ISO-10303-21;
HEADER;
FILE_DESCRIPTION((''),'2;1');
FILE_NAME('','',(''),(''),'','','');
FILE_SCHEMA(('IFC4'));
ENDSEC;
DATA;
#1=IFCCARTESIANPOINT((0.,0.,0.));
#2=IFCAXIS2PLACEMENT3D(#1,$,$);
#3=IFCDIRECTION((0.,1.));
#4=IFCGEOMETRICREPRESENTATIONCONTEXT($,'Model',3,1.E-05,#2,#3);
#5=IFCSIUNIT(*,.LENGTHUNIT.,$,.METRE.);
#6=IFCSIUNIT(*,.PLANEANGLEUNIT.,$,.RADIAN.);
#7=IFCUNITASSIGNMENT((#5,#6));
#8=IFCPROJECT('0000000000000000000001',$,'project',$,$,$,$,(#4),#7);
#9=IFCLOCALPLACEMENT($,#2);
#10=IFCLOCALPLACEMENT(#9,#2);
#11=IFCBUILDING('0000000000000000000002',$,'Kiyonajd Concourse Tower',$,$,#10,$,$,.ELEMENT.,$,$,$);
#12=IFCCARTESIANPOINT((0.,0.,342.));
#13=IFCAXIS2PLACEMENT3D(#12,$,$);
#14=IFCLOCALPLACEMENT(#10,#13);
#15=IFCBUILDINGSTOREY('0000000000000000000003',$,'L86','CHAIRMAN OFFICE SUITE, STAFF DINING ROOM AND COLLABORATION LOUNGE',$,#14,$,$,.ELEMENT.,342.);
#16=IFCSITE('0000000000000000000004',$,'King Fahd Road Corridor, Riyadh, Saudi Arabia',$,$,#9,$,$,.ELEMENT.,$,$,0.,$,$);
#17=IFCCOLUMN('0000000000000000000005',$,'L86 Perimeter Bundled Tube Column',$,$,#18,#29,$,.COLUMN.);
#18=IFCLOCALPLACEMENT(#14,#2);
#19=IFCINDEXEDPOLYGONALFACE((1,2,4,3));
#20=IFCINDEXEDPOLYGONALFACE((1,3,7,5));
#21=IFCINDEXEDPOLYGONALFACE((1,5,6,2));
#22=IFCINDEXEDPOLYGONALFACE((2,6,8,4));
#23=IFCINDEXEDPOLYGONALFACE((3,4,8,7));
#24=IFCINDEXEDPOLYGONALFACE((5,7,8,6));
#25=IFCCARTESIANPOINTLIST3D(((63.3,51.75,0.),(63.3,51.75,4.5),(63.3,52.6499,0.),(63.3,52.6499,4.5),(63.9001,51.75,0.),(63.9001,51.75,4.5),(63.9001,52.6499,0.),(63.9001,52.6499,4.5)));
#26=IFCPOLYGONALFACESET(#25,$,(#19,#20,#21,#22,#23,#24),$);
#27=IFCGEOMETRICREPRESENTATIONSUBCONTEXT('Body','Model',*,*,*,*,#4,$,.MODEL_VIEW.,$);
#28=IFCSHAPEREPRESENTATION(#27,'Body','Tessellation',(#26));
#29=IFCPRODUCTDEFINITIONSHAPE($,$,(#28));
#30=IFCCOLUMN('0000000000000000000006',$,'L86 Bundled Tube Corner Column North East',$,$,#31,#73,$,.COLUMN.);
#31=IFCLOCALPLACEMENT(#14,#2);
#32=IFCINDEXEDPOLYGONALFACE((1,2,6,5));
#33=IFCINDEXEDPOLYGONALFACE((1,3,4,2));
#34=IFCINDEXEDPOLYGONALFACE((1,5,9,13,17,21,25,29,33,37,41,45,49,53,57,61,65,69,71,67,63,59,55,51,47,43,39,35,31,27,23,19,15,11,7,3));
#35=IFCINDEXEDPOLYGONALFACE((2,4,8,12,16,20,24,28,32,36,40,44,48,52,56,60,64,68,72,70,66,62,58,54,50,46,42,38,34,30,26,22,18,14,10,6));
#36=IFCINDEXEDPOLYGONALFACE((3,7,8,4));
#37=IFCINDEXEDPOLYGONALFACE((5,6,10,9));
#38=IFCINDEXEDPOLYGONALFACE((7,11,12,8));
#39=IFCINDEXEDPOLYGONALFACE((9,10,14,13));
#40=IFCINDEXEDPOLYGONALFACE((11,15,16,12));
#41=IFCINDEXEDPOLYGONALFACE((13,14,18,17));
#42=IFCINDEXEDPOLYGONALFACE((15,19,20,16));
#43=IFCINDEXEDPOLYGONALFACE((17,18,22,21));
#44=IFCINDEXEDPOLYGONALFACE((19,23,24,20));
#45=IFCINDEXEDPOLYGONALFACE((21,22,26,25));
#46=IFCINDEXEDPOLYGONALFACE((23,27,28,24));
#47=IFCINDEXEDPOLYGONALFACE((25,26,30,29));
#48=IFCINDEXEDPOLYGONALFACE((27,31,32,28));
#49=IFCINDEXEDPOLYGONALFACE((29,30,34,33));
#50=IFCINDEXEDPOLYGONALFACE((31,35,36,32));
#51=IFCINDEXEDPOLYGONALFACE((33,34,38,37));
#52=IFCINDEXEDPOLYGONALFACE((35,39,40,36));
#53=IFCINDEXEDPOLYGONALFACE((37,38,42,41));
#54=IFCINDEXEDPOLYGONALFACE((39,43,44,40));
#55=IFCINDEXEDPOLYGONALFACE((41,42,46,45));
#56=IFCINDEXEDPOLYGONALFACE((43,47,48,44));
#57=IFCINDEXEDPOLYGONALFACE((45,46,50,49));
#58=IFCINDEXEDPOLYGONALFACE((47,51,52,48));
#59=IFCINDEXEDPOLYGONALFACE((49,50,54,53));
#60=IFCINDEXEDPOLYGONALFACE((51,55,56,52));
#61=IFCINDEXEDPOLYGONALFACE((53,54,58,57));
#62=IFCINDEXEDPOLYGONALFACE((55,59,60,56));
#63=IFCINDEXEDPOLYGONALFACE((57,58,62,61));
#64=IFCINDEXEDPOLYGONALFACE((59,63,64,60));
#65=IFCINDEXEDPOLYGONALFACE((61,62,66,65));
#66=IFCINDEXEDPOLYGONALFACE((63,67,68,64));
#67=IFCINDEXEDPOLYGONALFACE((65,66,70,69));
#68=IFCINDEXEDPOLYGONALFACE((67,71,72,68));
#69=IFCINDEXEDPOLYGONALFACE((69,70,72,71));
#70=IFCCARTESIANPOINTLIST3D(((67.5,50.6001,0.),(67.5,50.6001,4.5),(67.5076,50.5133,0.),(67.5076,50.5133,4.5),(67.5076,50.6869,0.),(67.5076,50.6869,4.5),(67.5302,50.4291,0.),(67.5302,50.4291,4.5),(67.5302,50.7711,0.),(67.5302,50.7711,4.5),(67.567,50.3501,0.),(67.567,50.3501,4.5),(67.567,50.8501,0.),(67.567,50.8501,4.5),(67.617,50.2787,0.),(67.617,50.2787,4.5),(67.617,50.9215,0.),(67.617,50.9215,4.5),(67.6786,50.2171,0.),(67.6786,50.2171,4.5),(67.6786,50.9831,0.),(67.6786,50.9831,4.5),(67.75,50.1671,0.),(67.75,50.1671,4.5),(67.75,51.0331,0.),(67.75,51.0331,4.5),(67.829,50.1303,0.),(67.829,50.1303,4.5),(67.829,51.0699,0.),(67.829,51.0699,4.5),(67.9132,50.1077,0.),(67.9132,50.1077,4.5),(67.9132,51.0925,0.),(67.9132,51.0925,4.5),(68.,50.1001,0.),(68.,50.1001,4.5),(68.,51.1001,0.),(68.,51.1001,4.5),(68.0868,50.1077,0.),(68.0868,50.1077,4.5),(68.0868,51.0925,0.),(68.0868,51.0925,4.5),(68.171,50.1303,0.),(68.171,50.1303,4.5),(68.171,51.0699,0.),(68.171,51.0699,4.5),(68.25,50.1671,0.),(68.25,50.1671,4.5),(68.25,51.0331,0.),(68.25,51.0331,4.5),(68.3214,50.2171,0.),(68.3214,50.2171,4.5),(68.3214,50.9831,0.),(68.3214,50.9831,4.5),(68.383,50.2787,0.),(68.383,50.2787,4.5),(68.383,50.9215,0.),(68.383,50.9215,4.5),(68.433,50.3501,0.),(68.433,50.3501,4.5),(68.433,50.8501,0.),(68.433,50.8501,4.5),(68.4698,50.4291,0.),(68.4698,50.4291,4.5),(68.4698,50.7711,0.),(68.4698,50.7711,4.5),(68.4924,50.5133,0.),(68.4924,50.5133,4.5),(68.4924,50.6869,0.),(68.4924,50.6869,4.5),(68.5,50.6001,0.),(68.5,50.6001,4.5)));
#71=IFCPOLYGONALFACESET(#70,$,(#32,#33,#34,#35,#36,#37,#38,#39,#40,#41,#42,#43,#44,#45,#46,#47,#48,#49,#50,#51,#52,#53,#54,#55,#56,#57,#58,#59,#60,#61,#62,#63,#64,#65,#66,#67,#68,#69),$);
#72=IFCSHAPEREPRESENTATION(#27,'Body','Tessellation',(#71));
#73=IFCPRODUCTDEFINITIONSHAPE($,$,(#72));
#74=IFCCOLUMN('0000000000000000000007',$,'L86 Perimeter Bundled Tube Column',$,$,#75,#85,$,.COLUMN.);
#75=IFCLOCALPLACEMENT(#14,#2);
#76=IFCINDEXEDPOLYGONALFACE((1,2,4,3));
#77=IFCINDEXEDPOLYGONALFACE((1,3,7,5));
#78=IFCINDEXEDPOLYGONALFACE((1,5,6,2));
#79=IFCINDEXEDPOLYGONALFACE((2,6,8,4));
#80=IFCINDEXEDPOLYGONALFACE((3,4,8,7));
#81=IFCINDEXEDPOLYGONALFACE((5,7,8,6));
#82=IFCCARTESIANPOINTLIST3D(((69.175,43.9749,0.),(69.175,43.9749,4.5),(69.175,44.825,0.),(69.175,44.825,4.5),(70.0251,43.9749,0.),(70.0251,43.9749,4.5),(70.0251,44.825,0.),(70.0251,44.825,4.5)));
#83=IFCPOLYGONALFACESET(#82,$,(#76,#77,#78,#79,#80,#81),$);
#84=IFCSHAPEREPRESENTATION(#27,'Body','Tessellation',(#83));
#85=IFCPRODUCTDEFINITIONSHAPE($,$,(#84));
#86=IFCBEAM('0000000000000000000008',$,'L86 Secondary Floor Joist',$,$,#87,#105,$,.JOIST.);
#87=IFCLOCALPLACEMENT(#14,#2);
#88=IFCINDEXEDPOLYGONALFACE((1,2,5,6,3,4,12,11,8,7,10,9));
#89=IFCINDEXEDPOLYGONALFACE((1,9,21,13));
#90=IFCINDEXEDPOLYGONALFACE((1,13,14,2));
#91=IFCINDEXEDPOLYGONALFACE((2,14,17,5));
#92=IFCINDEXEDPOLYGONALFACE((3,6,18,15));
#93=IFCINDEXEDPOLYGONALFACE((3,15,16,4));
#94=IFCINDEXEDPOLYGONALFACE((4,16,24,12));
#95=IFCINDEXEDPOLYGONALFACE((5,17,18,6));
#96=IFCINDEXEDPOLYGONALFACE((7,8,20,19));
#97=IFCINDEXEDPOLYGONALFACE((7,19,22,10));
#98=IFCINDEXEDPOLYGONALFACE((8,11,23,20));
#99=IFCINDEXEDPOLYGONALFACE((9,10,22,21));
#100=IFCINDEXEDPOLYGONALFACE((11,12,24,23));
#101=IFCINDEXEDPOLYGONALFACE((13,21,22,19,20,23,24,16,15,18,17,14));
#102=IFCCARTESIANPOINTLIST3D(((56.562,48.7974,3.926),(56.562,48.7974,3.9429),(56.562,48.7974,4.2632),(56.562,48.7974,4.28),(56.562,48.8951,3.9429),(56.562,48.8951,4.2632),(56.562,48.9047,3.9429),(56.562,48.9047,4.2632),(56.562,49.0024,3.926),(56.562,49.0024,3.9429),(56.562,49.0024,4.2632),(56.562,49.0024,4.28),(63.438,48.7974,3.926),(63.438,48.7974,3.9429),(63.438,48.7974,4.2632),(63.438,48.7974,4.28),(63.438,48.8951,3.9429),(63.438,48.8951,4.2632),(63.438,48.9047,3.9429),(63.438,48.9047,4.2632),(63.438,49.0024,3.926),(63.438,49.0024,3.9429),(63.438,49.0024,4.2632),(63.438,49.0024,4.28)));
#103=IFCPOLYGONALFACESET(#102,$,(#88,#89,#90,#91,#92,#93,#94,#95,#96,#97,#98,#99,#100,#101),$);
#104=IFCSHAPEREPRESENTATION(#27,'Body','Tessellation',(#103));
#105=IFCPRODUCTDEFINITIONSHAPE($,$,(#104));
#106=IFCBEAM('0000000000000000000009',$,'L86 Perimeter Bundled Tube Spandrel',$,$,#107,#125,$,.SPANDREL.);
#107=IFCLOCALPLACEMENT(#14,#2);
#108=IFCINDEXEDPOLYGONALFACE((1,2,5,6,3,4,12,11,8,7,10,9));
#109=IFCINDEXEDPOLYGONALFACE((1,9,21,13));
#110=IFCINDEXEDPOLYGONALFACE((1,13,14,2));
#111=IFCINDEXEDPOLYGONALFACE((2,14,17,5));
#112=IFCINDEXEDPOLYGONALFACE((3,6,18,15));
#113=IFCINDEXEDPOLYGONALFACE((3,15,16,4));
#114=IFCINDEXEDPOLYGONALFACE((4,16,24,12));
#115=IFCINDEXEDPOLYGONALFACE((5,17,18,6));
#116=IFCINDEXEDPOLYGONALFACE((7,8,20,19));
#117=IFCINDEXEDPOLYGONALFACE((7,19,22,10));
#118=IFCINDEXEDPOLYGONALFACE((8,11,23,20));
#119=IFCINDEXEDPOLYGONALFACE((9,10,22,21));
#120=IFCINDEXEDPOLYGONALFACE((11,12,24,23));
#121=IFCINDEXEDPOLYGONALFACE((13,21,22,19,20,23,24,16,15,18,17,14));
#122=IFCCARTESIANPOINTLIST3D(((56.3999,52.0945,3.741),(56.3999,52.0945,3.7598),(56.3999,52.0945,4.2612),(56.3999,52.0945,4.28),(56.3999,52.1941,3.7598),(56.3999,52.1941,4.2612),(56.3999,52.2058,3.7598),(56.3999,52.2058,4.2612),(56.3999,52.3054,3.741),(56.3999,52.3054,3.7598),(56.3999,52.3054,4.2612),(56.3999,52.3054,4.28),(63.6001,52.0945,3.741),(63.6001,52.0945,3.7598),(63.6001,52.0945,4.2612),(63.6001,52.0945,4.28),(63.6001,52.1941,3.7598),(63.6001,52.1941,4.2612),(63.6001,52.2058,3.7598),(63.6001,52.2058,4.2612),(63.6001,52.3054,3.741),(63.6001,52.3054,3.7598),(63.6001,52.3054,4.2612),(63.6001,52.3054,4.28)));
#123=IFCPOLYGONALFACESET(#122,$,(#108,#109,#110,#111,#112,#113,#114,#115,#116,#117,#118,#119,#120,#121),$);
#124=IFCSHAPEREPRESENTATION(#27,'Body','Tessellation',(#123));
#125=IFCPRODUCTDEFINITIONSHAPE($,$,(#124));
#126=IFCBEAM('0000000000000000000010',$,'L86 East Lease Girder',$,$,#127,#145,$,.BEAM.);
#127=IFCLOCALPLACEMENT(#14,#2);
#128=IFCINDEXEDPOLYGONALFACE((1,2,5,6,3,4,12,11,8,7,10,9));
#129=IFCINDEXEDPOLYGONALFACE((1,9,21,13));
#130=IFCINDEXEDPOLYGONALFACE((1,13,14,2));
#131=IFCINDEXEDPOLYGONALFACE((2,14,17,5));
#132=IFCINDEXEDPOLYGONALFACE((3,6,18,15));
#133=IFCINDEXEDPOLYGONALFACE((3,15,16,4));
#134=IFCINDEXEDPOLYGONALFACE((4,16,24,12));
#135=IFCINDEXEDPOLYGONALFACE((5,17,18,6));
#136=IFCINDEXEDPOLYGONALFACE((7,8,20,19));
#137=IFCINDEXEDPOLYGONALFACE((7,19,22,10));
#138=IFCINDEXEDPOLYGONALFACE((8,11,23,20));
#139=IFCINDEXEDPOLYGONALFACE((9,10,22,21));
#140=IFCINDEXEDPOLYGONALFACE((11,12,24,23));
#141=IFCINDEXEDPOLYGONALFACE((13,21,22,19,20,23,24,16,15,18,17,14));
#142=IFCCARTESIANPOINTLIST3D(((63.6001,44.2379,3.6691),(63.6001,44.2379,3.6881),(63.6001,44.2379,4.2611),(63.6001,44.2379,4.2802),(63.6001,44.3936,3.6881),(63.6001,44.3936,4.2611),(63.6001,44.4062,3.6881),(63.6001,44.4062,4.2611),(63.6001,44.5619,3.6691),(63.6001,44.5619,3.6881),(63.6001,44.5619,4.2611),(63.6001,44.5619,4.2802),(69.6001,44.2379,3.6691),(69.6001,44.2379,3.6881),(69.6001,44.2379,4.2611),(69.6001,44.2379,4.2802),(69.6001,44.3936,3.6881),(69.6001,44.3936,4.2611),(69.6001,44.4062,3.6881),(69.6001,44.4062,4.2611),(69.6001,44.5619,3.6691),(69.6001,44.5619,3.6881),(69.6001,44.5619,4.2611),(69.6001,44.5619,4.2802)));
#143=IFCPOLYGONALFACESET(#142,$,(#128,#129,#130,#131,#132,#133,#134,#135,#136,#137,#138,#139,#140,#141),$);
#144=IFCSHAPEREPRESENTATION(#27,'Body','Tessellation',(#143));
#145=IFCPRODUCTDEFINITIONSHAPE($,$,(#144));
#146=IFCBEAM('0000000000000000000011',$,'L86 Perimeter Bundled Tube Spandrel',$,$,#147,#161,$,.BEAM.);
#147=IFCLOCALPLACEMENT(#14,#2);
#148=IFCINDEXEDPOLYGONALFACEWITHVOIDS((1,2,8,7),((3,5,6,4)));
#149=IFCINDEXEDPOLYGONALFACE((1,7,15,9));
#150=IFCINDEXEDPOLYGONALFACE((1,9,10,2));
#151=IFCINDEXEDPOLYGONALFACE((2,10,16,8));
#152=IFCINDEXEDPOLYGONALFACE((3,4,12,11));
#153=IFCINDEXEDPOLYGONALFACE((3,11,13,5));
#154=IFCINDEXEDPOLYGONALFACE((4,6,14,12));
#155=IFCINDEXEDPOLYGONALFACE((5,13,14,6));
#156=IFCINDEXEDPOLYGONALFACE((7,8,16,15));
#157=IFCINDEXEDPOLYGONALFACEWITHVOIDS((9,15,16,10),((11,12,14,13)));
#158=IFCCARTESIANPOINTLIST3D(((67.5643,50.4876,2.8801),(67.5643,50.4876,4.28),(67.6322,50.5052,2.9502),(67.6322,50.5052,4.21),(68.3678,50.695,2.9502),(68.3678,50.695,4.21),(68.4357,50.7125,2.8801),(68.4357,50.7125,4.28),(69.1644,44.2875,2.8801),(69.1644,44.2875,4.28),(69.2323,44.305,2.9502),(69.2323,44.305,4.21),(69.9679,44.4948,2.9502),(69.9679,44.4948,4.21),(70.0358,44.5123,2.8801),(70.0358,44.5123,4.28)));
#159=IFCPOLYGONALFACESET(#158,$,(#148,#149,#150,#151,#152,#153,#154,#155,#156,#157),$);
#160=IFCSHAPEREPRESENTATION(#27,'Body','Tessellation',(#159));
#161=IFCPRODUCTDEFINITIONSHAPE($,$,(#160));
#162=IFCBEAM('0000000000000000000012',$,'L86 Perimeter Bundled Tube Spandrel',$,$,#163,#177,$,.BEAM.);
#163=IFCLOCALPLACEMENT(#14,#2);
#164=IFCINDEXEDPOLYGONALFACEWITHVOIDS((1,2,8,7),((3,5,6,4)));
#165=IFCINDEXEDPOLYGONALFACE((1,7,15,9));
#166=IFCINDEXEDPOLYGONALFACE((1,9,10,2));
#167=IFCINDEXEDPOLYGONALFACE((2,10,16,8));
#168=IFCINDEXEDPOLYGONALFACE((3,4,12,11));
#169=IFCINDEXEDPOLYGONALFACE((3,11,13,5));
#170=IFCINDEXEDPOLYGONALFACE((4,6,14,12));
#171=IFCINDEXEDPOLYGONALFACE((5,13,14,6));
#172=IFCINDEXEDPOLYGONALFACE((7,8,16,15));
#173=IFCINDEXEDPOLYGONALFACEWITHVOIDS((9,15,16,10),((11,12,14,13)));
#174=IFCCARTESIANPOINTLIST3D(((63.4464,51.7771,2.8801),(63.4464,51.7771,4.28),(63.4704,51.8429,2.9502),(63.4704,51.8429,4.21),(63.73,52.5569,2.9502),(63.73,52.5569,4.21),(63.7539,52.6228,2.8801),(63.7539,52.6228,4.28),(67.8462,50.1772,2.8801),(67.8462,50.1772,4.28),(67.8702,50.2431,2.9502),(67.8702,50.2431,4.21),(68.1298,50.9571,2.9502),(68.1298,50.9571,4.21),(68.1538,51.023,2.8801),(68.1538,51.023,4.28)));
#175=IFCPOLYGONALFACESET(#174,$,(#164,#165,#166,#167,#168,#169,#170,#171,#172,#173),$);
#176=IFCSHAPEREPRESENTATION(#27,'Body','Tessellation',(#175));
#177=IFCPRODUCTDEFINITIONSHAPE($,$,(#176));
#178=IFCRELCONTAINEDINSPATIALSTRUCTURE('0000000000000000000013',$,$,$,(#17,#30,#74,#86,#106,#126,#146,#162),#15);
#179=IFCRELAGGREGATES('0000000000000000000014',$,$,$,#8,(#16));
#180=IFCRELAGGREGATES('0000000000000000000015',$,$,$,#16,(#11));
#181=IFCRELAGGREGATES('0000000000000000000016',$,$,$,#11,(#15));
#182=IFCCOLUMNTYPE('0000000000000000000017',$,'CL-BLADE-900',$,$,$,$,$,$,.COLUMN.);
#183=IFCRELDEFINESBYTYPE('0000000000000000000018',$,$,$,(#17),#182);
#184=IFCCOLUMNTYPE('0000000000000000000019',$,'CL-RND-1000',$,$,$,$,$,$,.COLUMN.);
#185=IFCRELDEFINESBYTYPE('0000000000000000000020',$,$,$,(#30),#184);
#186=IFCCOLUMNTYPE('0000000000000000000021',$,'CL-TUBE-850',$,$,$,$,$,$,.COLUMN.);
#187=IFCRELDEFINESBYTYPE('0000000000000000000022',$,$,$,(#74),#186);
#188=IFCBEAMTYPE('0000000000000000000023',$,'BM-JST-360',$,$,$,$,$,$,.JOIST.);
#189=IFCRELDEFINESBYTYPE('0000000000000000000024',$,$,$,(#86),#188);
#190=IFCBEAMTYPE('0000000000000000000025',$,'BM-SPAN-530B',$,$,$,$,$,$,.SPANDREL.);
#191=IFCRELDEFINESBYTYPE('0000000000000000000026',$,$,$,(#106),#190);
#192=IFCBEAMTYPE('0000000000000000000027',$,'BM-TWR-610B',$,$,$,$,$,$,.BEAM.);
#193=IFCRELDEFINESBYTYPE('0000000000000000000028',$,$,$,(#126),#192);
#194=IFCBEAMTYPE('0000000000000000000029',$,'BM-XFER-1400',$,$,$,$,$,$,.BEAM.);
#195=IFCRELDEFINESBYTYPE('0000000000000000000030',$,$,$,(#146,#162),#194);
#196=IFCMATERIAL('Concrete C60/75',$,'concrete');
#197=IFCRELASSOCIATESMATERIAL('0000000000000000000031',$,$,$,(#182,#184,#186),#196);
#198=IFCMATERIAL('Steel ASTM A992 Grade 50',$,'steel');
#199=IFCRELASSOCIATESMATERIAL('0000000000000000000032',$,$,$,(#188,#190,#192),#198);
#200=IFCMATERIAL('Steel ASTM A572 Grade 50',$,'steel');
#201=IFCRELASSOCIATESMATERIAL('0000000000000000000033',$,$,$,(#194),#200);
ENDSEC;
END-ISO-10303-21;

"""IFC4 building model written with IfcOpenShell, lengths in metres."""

from ifc_helpers import new_model, si_unit, direction, frame, origin, origin_2d, place, context, subcontext, project, spatial, rectangle, hollow_rectangle, circle, i_section, extrude, material, material_profile, profile_set, type_object, element, save


model = new_model("IFC4")

# Units and contexts
model_context = context("Model", 3, precision=1e-05, world=origin(), true_north=direction((0.0, 1.0)))
body_context = subcontext(model_context, "Body", "Model", "MODEL_VIEW")
ifc_project = project(units=[si_unit("LENGTHUNIT", "METRE"), si_unit("PLANEANGLEUNIT", "RADIAN")], contexts=[model_context])

# Site, building, storey
site_placement = place(None, origin())
site = spatial("IfcSite", under=ifc_project, at=site_placement, Name="King Fahd Road Corridor, Riyadh, Saudi Arabia", CompositionType="ELEMENT", RefElevation=0.0)
building_placement = place(site_placement, origin())
building = spatial("IfcBuilding", under=site, at=building_placement, Name="Kiyonajd Concourse Tower", CompositionType="ELEMENT")
storey_placement = place(building_placement, frame((0.0, 0.0, 342.0)))
storey = spatial("IfcBuildingStorey", under=building, at=storey_placement, Name="L86", Description="CHAIRMAN OFFICE SUITE, STAFF DINING ROOM AND COLLABORATION LOUNGE", CompositionType="ELEMENT", Elevation=342.0)

# Columns
ifc_material_1 = material(Name="Concrete C60/75", Category="concrete")
ifc_material_profile_1 = material_profile(ifc_material_1, rectangle(XDim=0.6001, YDim=0.8999, at=origin_2d()), Name="RC-900x600")
ifc_profile_set_1 = profile_set([ifc_material_profile_1], Name="Concrete C60/75")
column_type_1 = type_object("IfcColumnType", Name="CL-BLADE-900", PredefinedType="COLUMN", material=ifc_profile_set_1)
column_1_placement = place(storey_placement, frame((63.6001, 52.2, 0.0), z_axis=(0.0, 0.0, 1.0), x_axis=(1.0, 0.0, 0.0)))
element("IfcColumn", 1, at=column_1_placement, inside=storey, type_object=column_type_1, Name="L86 Perimeter Bundled Tube Column", PredefinedType="COLUMN", context=body_context, shape_type="SweptSolid", body=[
    extrude(rectangle(XDim=0.6001, YDim=0.8999, at=origin_2d()), origin(), (0.0, 0.0, 1.0), 4.5),
])
ifc_material_profile_2 = material_profile(ifc_material_1, circle(Radius=0.5, at=origin_2d()), Name="RCC-D1000")
ifc_profile_set_2 = profile_set([ifc_material_profile_2], Name="Concrete C60/75")
column_type_2 = type_object("IfcColumnType", Name="CL-RND-1000", PredefinedType="COLUMN", material=ifc_profile_set_2)
column_2_placement = place(storey_placement, frame((68.0, 50.6001, 0.0), z_axis=(0.0, 0.0, 1.0), x_axis=(1.0, 0.0, 0.0)))
element("IfcColumn", 2, at=column_2_placement, inside=storey, type_object=column_type_2, Name="L86 Bundled Tube Corner Column North East", PredefinedType="COLUMN", context=body_context, shape_type="SweptSolid", body=[
    extrude(circle(Radius=0.5, at=origin_2d()), origin(), (0.0, 0.0, 1.0), 4.5),
])
ifc_material_profile_3 = material_profile(ifc_material_1, rectangle(XDim=0.8501, YDim=0.8501, at=origin_2d()), Name="RC-850x850")
ifc_profile_set_3 = profile_set([ifc_material_profile_3], Name="Concrete C60/75")
column_type_3 = type_object("IfcColumnType", Name="CL-TUBE-850", PredefinedType="COLUMN", material=ifc_profile_set_3)
column_3_placement = place(storey_placement, frame((69.6001, 44.3999, 0.0), z_axis=(0.0, 0.0, 1.0), x_axis=(1.0, 0.0, 0.0)))
element("IfcColumn", 3, at=column_3_placement, inside=storey, type_object=column_type_3, Name="L86 Perimeter Bundled Tube Column", PredefinedType="COLUMN", context=body_context, shape_type="SweptSolid", body=[
    extrude(rectangle(XDim=0.8501, YDim=0.8501, at=origin_2d()), origin(), (0.0, 0.0, 1.0), 4.5),
])

# Beams
ifc_material_2 = material(Name="Steel ASTM A992 Grade 50", Category="steel")
ifc_material_profile_4 = material_profile(ifc_material_2, i_section(OverallWidth=0.2051, OverallDepth=0.354, WebThickness=0.0095, FlangeThickness=0.0168, at=origin_2d()), Name="W360X79")
ifc_profile_set_4 = profile_set([ifc_material_profile_4], Name="Steel ASTM A992 Grade 50")
beam_type_1 = type_object("IfcBeamType", Name="BM-JST-360", PredefinedType="JOIST", material=ifc_profile_set_4)
beam_1_placement = place(storey_placement, frame((56.562, 48.8999, 4.103), z_axis=(1.0, 0.0, 0.0), x_axis=(0.0, 1.0, 0.0)))
element("IfcBeam", 4, at=beam_1_placement, inside=storey, type_object=beam_type_1, Name="L86 Secondary Floor Joist", PredefinedType="JOIST", context=body_context, shape_type="SweptSolid", body=[
    extrude(i_section(OverallWidth=0.2051, OverallDepth=0.354, WebThickness=0.0095, FlangeThickness=0.0168, at=origin_2d()), origin(), (0.0, 0.0, 1.0), 6.876),
])
ifc_material_profile_5 = material_profile(ifc_material_2, i_section(OverallWidth=0.2109, OverallDepth=0.5391, WebThickness=0.0117, FlangeThickness=0.0188, at=origin_2d()), Name="W530X109")
ifc_profile_set_5 = profile_set([ifc_material_profile_5], Name="Steel ASTM A992 Grade 50")
beam_type_2 = type_object("IfcBeamType", Name="BM-SPAN-530B", PredefinedType="SPANDREL", material=ifc_profile_set_5)
beam_2_placement = place(storey_placement, frame((63.6001, 52.2, 4.0105), z_axis=(-1.0, 0.0, 0.0), x_axis=(0.0, -1.0, 0.0)))
element("IfcBeam", 5, at=beam_2_placement, inside=storey, type_object=beam_type_2, Name="L86 Perimeter Bundled Tube Spandrel", PredefinedType="SPANDREL", context=body_context, shape_type="SweptSolid", body=[
    extrude(i_section(OverallWidth=0.2109, OverallDepth=0.5391, WebThickness=0.0117, FlangeThickness=0.0188, at=origin_2d()), origin(), (0.0, 0.0, 1.0), 7.2002),
])
ifc_material_profile_6 = material_profile(ifc_material_2, i_section(OverallWidth=0.324, OverallDepth=0.6111, WebThickness=0.0127, FlangeThickness=0.019, at=origin_2d()), Name="W610X155")
ifc_profile_set_6 = profile_set([ifc_material_profile_6], Name="Steel ASTM A992 Grade 50")
beam_type_3 = type_object("IfcBeamType", Name="BM-TWR-610B", PredefinedType="BEAM", material=ifc_profile_set_6)
beam_3_placement = place(storey_placement, frame((63.6001, 44.3999, 3.9746), z_axis=(1.0, 0.0, 0.0), x_axis=(0.0, 1.0, 0.0)))
element("IfcBeam", 6, at=beam_3_placement, inside=storey, type_object=beam_type_3, Name="L86 East Lease Girder", PredefinedType="BEAM", context=body_context, shape_type="SweptSolid", body=[
    extrude(i_section(OverallWidth=0.324, OverallDepth=0.6111, WebThickness=0.0127, FlangeThickness=0.019, at=origin_2d()), origin(), (0.0, 0.0, 1.0), 6.0),
])
ifc_material_3 = material(Name="Steel ASTM A572 Grade 50", Category="steel")
ifc_material_profile_7 = material_profile(ifc_material_3, hollow_rectangle(XDim=0.8999, YDim=1.3999, WallThickness=0.0701, at=origin_2d()), Name="BOX-1400x900x70")
ifc_profile_set_7 = profile_set([ifc_material_profile_7], Name="Steel ASTM A572 Grade 50")
beam_type_4 = type_object("IfcBeamType", Name="BM-XFER-1400", PredefinedType="BEAM", material=ifc_profile_set_7)
beam_4_placement = place(storey_placement, frame((69.6001, 44.3999, 3.5801), z_axis=(-0.249885, 0.968276, 0.0), x_axis=(-0.968276, -0.249885, 0.0)))
element("IfcBeam", 7, at=beam_4_placement, inside=storey, type_object=beam_type_4, Name="L86 Perimeter Bundled Tube Spandrel", PredefinedType="BEAM", context=body_context, shape_type="SweptSolid", body=[
    extrude(hollow_rectangle(XDim=0.8999, YDim=1.3999, WallThickness=0.0701, at=origin_2d()), origin(), (0.0, 0.0, 1.0), 6.4033),
])
beam_5_placement = place(storey_placement, frame((68.0, 50.6001, 3.5801), z_axis=(-0.939801, 0.341722, 0.0), x_axis=(-0.341722, -0.939801, 0.0)))
element("IfcBeam", 8, at=beam_5_placement, inside=storey, type_object=beam_type_4, Name="L86 Perimeter Bundled Tube Spandrel", PredefinedType="BEAM", context=body_context, shape_type="SweptSolid", body=[
    extrude(hollow_rectangle(XDim=0.8999, YDim=1.3999, WallThickness=0.0701, at=origin_2d()), origin(), (0.0, 0.0, 1.0), 4.6816),
])

save(model, "model.ifc")
